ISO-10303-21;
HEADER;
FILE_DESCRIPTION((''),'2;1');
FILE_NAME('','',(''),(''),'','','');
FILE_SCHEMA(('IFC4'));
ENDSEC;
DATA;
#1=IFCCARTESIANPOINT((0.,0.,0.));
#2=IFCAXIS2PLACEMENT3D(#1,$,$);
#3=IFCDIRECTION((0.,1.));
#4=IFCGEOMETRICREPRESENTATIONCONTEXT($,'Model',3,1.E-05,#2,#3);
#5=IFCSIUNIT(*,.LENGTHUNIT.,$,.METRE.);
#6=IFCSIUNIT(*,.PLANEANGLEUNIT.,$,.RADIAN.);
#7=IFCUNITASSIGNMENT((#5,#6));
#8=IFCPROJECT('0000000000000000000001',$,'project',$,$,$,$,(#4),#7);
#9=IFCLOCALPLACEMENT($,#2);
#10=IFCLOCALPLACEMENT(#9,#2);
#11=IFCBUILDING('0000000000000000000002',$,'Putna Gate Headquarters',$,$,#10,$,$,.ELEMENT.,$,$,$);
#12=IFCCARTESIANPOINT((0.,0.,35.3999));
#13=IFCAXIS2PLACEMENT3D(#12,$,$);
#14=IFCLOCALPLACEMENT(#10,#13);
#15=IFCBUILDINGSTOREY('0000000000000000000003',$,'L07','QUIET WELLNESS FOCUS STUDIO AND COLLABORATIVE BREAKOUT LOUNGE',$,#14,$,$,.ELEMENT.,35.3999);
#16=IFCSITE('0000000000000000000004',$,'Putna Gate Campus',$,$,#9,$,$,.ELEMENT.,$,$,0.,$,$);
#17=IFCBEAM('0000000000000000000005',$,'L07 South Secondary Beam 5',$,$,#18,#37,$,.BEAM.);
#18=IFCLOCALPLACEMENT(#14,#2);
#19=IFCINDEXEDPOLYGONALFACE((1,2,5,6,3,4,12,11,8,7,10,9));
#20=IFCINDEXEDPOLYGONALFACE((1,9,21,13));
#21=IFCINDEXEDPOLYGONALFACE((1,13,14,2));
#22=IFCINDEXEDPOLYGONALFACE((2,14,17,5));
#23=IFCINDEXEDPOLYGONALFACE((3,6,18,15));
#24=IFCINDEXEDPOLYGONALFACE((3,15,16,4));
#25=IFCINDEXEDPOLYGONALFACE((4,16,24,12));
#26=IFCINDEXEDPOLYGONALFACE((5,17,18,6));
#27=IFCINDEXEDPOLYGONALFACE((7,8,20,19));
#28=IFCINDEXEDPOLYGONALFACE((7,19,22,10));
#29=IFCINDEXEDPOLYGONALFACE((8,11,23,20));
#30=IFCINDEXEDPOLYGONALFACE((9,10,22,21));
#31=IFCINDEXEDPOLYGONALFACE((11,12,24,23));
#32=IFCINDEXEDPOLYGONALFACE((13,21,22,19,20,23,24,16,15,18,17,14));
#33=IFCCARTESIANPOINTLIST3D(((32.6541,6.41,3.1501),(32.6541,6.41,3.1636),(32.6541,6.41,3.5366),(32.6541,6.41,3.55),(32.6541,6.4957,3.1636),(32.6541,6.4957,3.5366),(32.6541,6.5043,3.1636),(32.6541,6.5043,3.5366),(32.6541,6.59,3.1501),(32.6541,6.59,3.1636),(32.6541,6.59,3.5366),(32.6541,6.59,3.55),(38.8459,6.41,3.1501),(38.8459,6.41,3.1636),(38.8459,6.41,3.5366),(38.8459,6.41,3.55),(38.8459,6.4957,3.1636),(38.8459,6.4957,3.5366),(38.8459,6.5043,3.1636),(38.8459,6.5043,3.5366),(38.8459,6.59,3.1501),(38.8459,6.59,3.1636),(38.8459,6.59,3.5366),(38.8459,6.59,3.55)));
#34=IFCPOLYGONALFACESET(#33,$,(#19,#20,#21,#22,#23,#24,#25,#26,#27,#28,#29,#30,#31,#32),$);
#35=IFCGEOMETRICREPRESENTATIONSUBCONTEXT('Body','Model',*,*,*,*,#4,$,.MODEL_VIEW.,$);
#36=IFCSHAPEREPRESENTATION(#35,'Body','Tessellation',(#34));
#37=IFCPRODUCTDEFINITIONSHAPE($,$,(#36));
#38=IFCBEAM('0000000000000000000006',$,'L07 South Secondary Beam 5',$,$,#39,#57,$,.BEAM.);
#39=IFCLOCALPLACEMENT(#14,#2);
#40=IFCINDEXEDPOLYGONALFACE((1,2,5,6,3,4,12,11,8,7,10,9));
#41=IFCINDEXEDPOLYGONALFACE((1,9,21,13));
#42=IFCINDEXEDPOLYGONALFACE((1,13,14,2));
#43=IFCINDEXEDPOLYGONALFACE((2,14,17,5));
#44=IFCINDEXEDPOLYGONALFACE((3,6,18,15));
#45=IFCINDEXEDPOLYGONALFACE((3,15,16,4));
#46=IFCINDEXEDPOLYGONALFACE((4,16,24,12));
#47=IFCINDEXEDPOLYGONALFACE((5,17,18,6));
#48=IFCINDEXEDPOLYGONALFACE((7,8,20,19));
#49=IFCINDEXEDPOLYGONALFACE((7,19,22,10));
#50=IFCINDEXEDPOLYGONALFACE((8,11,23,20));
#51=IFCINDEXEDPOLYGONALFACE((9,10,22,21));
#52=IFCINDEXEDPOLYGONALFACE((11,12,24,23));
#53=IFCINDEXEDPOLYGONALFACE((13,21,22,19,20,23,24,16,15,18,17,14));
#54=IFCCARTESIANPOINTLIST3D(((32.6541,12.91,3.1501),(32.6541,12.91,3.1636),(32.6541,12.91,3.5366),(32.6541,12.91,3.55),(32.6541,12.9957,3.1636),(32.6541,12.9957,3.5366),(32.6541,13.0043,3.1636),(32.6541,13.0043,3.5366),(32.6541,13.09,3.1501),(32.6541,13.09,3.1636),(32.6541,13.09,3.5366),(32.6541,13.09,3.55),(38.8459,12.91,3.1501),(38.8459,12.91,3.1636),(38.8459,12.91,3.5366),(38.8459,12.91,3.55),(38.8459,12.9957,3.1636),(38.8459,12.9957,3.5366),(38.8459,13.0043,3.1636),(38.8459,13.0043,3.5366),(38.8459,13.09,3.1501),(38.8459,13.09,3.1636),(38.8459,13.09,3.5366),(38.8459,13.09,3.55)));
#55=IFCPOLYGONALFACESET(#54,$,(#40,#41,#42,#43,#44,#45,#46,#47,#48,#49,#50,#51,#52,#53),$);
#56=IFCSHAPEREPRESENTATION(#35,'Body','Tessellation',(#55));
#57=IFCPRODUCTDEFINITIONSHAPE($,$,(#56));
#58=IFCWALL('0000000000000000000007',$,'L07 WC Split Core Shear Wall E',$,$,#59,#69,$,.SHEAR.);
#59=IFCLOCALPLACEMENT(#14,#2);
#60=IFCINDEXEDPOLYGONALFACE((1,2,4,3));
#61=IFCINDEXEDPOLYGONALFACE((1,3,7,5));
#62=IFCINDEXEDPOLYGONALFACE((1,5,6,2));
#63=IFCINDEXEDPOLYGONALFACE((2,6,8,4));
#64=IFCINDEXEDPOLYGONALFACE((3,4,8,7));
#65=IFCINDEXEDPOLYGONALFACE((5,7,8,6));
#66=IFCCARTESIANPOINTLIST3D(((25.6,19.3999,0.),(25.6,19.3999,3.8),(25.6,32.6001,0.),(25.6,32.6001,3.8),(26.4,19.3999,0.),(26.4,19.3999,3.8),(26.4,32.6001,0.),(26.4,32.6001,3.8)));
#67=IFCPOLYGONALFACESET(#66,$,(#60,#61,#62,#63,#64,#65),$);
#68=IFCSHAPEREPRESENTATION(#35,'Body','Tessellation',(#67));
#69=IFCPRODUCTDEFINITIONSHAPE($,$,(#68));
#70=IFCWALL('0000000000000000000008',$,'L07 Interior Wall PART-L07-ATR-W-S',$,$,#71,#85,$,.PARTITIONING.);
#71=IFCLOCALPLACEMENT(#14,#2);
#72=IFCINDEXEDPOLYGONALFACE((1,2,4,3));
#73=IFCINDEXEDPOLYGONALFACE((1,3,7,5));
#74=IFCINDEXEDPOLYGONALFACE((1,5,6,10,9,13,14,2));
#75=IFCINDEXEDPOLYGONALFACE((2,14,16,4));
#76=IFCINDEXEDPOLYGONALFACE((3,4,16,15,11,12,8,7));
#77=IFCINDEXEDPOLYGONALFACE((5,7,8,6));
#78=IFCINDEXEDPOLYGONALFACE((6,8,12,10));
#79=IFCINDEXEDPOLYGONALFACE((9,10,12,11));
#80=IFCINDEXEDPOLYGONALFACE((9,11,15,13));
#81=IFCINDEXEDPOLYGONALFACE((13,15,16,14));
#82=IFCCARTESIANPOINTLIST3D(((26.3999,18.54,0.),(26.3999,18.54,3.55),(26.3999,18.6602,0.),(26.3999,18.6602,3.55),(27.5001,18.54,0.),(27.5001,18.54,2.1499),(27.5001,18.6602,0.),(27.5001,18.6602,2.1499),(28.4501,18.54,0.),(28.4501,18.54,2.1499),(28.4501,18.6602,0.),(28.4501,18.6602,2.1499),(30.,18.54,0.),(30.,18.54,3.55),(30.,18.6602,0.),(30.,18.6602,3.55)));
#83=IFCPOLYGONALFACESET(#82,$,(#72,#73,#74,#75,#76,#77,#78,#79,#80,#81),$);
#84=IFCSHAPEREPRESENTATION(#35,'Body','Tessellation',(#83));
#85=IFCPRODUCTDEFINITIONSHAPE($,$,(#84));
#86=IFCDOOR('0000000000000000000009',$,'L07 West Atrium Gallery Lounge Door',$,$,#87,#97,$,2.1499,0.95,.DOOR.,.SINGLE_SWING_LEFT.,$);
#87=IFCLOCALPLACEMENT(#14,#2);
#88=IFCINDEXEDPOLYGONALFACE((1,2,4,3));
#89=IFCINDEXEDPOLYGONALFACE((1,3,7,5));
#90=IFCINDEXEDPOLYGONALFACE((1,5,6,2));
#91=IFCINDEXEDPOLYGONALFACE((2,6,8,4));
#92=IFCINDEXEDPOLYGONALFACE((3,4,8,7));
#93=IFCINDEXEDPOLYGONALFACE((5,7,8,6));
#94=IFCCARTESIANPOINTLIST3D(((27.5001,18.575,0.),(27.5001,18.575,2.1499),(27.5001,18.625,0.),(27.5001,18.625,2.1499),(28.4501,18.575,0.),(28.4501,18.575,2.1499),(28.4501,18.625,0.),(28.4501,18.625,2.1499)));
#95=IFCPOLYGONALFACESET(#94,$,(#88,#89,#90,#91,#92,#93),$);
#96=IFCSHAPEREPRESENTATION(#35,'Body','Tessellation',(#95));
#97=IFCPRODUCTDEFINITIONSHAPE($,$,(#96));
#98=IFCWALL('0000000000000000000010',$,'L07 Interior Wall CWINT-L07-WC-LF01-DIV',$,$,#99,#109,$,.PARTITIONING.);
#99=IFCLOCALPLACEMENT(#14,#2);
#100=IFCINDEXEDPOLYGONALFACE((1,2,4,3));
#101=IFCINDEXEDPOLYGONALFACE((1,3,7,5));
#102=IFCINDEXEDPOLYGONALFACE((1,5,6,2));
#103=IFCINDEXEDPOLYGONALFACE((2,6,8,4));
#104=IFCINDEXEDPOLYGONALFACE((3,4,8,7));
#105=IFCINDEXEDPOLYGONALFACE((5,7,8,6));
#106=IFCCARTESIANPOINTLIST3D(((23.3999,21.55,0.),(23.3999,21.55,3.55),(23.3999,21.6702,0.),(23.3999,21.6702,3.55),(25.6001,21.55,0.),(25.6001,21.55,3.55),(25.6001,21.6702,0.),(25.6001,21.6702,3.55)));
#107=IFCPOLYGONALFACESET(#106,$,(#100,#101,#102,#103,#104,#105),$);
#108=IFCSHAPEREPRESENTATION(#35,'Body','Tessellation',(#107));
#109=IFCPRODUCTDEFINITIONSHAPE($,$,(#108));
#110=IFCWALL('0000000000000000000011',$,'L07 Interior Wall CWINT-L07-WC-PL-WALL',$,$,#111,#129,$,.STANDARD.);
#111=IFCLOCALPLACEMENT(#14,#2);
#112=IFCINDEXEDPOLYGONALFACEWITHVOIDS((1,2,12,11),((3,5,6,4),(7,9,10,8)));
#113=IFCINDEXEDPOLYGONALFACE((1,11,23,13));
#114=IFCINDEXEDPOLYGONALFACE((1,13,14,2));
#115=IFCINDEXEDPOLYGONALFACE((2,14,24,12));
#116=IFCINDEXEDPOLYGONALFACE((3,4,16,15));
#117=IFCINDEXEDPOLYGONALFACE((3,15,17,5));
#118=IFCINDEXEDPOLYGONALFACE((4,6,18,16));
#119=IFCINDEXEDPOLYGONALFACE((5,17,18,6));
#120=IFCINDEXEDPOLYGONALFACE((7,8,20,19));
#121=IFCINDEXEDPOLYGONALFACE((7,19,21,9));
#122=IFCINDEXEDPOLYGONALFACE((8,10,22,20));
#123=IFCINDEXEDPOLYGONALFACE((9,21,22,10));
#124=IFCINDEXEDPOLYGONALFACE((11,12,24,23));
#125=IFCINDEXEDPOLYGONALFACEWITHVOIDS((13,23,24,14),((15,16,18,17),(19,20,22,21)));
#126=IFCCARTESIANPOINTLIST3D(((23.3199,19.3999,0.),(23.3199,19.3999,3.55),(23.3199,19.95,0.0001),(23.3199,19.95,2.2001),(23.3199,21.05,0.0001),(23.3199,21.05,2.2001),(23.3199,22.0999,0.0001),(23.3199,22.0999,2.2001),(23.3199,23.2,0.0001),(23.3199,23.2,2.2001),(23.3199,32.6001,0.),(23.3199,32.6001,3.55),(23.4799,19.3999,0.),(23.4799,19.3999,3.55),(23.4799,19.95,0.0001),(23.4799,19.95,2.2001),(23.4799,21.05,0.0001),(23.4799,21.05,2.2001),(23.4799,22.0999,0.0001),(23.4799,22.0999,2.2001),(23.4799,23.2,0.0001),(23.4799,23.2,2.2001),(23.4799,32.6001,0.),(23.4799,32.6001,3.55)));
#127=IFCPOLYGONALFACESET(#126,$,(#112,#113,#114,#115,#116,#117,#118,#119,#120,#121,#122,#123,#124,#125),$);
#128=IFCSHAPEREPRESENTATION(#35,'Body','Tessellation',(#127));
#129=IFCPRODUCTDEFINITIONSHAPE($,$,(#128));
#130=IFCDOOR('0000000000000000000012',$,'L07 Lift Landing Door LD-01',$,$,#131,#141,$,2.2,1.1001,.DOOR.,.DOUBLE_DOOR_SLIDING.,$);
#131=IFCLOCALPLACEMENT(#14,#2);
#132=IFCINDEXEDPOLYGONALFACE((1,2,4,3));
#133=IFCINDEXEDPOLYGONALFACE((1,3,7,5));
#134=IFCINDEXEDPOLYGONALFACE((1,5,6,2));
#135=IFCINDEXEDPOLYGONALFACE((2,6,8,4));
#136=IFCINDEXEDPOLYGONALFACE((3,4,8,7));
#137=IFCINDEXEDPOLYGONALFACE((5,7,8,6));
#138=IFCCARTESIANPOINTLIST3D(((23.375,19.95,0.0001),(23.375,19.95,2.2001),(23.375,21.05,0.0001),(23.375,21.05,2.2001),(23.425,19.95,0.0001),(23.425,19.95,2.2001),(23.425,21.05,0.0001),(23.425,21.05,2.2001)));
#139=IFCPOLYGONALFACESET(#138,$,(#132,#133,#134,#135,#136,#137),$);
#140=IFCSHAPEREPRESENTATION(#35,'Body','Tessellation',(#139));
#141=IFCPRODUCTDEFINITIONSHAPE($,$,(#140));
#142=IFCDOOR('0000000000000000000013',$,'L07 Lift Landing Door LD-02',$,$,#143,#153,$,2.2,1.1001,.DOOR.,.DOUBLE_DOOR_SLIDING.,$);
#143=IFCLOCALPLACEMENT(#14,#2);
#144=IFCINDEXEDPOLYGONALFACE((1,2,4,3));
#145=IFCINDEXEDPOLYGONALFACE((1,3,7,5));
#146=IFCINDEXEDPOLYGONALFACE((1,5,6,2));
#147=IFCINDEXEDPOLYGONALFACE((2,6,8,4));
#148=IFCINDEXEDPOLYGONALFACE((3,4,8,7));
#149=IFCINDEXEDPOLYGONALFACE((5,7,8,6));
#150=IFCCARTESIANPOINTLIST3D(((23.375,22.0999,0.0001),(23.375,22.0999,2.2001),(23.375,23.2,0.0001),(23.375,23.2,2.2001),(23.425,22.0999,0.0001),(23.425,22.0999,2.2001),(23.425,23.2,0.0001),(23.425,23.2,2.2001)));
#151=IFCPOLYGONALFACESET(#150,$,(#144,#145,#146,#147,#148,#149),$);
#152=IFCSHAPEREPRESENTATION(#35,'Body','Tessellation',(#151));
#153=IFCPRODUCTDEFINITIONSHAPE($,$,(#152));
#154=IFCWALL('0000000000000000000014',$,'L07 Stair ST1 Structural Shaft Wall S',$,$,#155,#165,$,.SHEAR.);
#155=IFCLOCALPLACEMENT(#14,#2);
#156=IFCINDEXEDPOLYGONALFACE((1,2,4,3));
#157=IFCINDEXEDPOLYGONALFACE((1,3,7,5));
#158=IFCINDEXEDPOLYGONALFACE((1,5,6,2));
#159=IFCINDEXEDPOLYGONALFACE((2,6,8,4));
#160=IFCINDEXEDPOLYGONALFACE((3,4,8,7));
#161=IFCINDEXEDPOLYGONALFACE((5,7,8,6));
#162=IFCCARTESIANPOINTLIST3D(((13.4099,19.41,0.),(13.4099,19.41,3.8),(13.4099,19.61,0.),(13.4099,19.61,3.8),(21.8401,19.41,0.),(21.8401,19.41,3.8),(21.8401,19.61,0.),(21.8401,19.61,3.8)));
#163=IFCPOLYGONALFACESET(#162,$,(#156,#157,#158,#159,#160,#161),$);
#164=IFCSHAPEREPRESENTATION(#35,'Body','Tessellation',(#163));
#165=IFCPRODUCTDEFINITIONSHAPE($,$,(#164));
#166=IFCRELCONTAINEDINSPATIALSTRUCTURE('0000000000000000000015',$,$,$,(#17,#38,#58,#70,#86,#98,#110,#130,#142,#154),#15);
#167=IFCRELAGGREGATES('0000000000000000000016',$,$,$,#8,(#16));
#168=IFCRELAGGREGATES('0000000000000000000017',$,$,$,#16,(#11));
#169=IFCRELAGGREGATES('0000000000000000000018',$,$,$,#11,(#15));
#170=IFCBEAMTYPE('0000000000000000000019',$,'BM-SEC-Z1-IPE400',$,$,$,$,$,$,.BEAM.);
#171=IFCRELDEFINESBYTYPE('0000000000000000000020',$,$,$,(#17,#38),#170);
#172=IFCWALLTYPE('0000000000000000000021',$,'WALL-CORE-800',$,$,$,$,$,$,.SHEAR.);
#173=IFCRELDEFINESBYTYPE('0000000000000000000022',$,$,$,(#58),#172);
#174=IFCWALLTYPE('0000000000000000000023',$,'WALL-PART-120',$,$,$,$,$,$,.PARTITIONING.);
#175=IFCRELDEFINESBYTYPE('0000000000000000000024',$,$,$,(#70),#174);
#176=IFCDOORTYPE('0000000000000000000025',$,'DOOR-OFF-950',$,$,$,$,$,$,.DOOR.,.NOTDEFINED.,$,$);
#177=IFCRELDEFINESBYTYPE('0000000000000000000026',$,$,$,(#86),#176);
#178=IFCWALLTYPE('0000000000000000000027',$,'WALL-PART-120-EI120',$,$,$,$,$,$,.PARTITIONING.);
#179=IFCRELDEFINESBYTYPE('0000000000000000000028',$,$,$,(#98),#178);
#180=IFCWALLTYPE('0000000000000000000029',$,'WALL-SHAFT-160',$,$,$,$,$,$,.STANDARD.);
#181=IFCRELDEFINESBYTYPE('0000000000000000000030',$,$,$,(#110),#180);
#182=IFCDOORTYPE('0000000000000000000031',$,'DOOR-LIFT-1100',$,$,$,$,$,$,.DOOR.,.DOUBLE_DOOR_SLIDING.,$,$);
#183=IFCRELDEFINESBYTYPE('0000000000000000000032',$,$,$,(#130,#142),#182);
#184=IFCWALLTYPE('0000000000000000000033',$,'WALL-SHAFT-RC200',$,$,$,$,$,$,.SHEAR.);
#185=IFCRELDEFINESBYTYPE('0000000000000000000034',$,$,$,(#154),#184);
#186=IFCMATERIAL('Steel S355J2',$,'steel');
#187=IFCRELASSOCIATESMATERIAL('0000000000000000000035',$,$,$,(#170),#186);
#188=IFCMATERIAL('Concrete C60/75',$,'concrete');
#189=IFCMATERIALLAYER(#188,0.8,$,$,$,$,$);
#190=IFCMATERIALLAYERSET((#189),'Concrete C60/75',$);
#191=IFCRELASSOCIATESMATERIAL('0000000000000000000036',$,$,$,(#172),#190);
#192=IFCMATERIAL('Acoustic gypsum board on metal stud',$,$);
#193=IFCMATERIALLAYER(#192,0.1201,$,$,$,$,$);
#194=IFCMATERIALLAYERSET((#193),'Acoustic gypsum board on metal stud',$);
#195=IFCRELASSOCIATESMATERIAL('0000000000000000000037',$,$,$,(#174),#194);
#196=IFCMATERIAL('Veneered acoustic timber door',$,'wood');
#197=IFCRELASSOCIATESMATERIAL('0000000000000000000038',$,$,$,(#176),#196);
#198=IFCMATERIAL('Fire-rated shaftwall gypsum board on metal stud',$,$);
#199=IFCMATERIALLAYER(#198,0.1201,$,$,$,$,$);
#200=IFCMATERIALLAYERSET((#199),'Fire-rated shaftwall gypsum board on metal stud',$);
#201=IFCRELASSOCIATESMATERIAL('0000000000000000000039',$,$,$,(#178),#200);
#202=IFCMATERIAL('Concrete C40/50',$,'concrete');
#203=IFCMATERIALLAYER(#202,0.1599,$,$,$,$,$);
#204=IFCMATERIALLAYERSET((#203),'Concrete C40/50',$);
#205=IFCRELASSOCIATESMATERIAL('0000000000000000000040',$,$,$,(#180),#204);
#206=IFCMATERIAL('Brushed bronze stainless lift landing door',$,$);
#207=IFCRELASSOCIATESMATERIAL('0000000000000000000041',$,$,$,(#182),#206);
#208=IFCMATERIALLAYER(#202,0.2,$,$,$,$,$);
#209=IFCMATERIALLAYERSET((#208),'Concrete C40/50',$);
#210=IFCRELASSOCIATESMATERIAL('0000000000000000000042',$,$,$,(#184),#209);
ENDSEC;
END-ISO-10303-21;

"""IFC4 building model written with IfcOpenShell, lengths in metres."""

from ifc_helpers import new_model, si_unit, direction, frame, frame_2d, origin, origin_2d, place, context, subcontext, project, spatial, rectangle, i_section, extrude, material, layer, layer_set, material_profile, profile_set, type_object, element, fill, save


model = new_model("IFC4")

# Units and contexts
model_context = context("Model", 3, precision=1e-05, world=origin(), true_north=direction((0.0, 1.0)))
body_context = subcontext(model_context, "Body", "Model", "MODEL_VIEW")
ifc_project = project(units=[si_unit("LENGTHUNIT", "METRE"), si_unit("PLANEANGLEUNIT", "RADIAN")], contexts=[model_context])

# Site, building, storey
site_placement = place(None, origin())
site = spatial("IfcSite", under=ifc_project, at=site_placement, Name="Putna Gate Campus", CompositionType="ELEMENT", RefElevation=0.0)
building_placement = place(site_placement, origin())
building = spatial("IfcBuilding", under=site, at=building_placement, Name="Putna Gate Headquarters", CompositionType="ELEMENT")
storey_placement = place(building_placement, frame((0.0, 0.0, 35.3999)))
storey = spatial("IfcBuildingStorey", under=building, at=storey_placement, Name="L07", Description="QUIET WELLNESS FOCUS STUDIO AND COLLABORATIVE BREAKOUT LOUNGE", CompositionType="ELEMENT", Elevation=35.3999)

# Shared definitions
ifc_material_1 = material(Name="Concrete C60/75", Category="concrete")

# Beams
ifc_material_2 = material(Name="Steel S355J2", Category="steel")
ifc_material_profile_1 = material_profile(ifc_material_2, i_section(OverallWidth=0.1799, OverallDepth=0.3999, WebThickness=0.0085, FlangeThickness=0.0134, at=origin_2d()), Name="Steel S355J2")
ifc_profile_set_1 = profile_set([ifc_material_profile_1], Name="Steel S355J2")
beam_type_1 = type_object("IfcBeamType", Name="BM-SEC-Z1-IPE400", PredefinedType="BEAM", material=ifc_profile_set_1)
for number, where, z_axis, x_axis, name in (
    (1, (32.6541, 6.5, 3.3501), (1.0, 0.0, 0.0), (0.0, 1.0, 0.0), "L07 South Secondary Beam 5"),
    (2, (32.6541, 13.0, 3.3501), (1.0, 0.0, 0.0), (0.0, 1.0, 0.0), "L07 South Secondary Beam 5"),
):
    element("IfcBeam", number, at=place(storey_placement, frame(where, z_axis=z_axis, x_axis=x_axis)), inside=storey, type_object=beam_type_1, Name=name, PredefinedType="BEAM", context=body_context, shape_type="SweptSolid", body=[
        extrude(i_section(OverallWidth=0.1799, OverallDepth=0.3999, WebThickness=0.0085, FlangeThickness=0.0134, at=origin_2d()), origin(), (0.0, 0.0, 1.0), 6.1919),
    ])

# Wall
ifc_layer_1 = layer(ifc_material_1, 0.8)
ifc_layer_set_1 = layer_set([ifc_layer_1], Name="Concrete C60/75")
wall_type_1 = type_object("IfcWallType", Name="WALL-CORE-800", PredefinedType="SHEAR", material=ifc_layer_set_1)
wall_1_placement = place(storey_placement, frame((26.0, 19.3999, 0.0), z_axis=(0.0, 0.0, 1.0), x_axis=(0.0, 1.0, 0.0)))
element("IfcWall", 3, at=wall_1_placement, inside=storey, type_object=wall_type_1, Name="L07 WC Split Core Shear Wall E", PredefinedType="SHEAR", context=body_context, shape_type="SweptSolid", body=[
    extrude(rectangle(XDim=13.2002, YDim=0.8, at=frame_2d((6.6001, 0.0))), origin(), (0.0, 0.0, 1.0), 3.8),
])

# Wall, opening, door
ifc_material_3 = material(Name="Acoustic gypsum board on metal stud")
ifc_layer_2 = layer(ifc_material_3, 0.1201)
ifc_layer_set_2 = layer_set([ifc_layer_2], Name="Acoustic gypsum board on metal stud")
wall_type_2 = type_object("IfcWallType", Name="WALL-PART-120", PredefinedType="PARTITIONING", material=ifc_layer_set_2)
wall_2_placement = place(storey_placement, frame((26.3999, 18.6001, 0.0), z_axis=(0.0, 0.0, 1.0), x_axis=(1.0, 0.0, 0.0)))
wall_2 = element("IfcWall", 4, at=wall_2_placement, inside=storey, type_object=wall_type_2, Name="L07 Interior Wall PART-L07-ATR-W-S", PredefinedType="PARTITIONING", context=body_context, shape_type="SweptSolid", body=[
    extrude(rectangle(XDim=3.6001, YDim=0.1201, at=frame_2d((1.8, 0.0))), origin(), (0.0, 0.0, 1.0), 3.55),
])
opening_1_placement = place(wall_2_placement, frame((1.1001, 0.0, 0.0)))
opening_1 = element("IfcOpeningElement", 5, at=opening_1_placement, cuts=wall_2, PredefinedType="OPENING", context=body_context, shape_type="SweptSolid", body=[
    extrude(rectangle(XDim=0.95, YDim=2.1499, at=frame_2d((0.4751, 1.075))), frame((0.0, 0.0701, 0.0), z_axis=(0.0, -1.0, 0.0), x_axis=(1.0, 0.0, 0.0)), (0.0, 0.0, 1.0), 0.1401),
])
ifc_material_4 = material(Name="Veneered acoustic timber door", Category="wood")
door_type_1 = type_object("IfcDoorType", Name="DOOR-OFF-950", OperationType="NOTDEFINED", PredefinedType="DOOR", material=ifc_material_4)
door_1_placement = place(opening_1_placement, origin())
door_1 = element("IfcDoor", 6, at=door_1_placement, inside=storey, type_object=door_type_1, Name="L07 West Atrium Gallery Lounge Door", OperationType="SINGLE_SWING_LEFT", OverallHeight=2.1499, OverallWidth=0.95, PredefinedType="DOOR", context=body_context, shape_type="SweptSolid", body=[
    extrude(rectangle(XDim=0.95, YDim=2.1499, at=frame_2d((0.4751, 1.075))), frame((0.0, 0.0249, 0.0), z_axis=(0.0, -1.0, 0.0), x_axis=(1.0, 0.0, 0.0)), (0.0, 0.0, 1.0), 0.05),
])
fill(opening_1, door_1)

# Wall
ifc_material_5 = material(Name="Fire-rated shaftwall gypsum board on metal stud")
ifc_layer_3 = layer(ifc_material_5, 0.1201)
ifc_layer_set_3 = layer_set([ifc_layer_3], Name="Fire-rated shaftwall gypsum board on metal stud")
wall_type_3 = type_object("IfcWallType", Name="WALL-PART-120-EI120", PredefinedType="PARTITIONING", material=ifc_layer_set_3)
wall_3_placement = place(storey_placement, frame((23.3999, 21.6101, 0.0), z_axis=(0.0, 0.0, 1.0), x_axis=(1.0, 0.0, 0.0)))
element("IfcWall", 7, at=wall_3_placement, inside=storey, type_object=wall_type_3, Name="L07 Interior Wall CWINT-L07-WC-LF01-DIV", PredefinedType="PARTITIONING", context=body_context, shape_type="SweptSolid", body=[
    extrude(rectangle(XDim=2.2002, YDim=0.1201, at=frame_2d((1.1001, 0.0))), origin(), (0.0, 0.0, 1.0), 3.55),
])

# Wall, openings, doors
ifc_material_6 = material(Name="Concrete C40/50", Category="concrete")
ifc_layer_4 = layer(ifc_material_6, 0.1599)
ifc_layer_set_4 = layer_set([ifc_layer_4], Name="Concrete C40/50")
wall_type_4 = type_object("IfcWallType", Name="WALL-SHAFT-160", PredefinedType="STANDARD", material=ifc_layer_set_4)
wall_4_placement = place(storey_placement, frame((23.3999, 19.3999, 0.0), z_axis=(0.0, 0.0, 1.0), x_axis=(0.0, 1.0, 0.0)))
wall_4 = element("IfcWall", 8, at=wall_4_placement, inside=storey, type_object=wall_type_4, Name="L07 Interior Wall CWINT-L07-WC-PL-WALL", PredefinedType="STANDARD", context=body_context, shape_type="SweptSolid", body=[
    extrude(rectangle(XDim=13.2002, YDim=0.1599, at=frame_2d((6.6001, 0.0))), origin(), (0.0, 0.0, 1.0), 3.55),
])
opening_2_placement = place(wall_4_placement, frame((0.55, 0.0, 0.0)))
opening_2 = element("IfcOpeningElement", 9, at=opening_2_placement, cuts=wall_4, PredefinedType="OPENING", context=body_context, shape_type="SweptSolid", body=[
    extrude(rectangle(XDim=1.1001, YDim=2.2, at=frame_2d((0.55, 1.1001))), frame((0.0, 0.0898, 0.0), z_axis=(0.0, -1.0, 0.0), x_axis=(1.0, 0.0, 0.0)), (0.0, 0.0, 1.0), 0.1799),
])
opening_3_placement = place(wall_4_placement, frame((2.7, 0.0, 0.0)))
opening_3 = element("IfcOpeningElement", 10, at=opening_3_placement, cuts=wall_4, PredefinedType="OPENING", context=body_context, shape_type="SweptSolid", body=[
    extrude(rectangle(XDim=1.1001, YDim=2.2, at=frame_2d((0.55, 1.1001))), frame((0.0, 0.0898, 0.0), z_axis=(0.0, -1.0, 0.0), x_axis=(1.0, 0.0, 0.0)), (0.0, 0.0, 1.0), 0.1799),
])
ifc_material_7 = material(Name="Brushed bronze stainless lift landing door")
door_type_2 = type_object("IfcDoorType", Name="DOOR-LIFT-1100", OperationType="DOUBLE_DOOR_SLIDING", PredefinedType="DOOR", material=ifc_material_7)
door_2_placement = place(opening_2_placement, origin())
door_2 = element("IfcDoor", 11, at=door_2_placement, inside=storey, type_object=door_type_2, Name="L07 Lift Landing Door LD-01", OperationType="DOUBLE_DOOR_SLIDING", OverallHeight=2.2, OverallWidth=1.1001, PredefinedType="DOOR", context=body_context, shape_type="SweptSolid", body=[
    extrude(rectangle(XDim=1.1001, YDim=2.2, at=frame_2d((0.55, 1.1001))), frame((0.0, 0.0249, 0.0), z_axis=(0.0, -1.0, 0.0), x_axis=(1.0, 0.0, 0.0)), (0.0, 0.0, 1.0), 0.05),
])
fill(opening_2, door_2)
door_3_placement = place(opening_3_placement, origin())
door_3 = element("IfcDoor", 12, at=door_3_placement, inside=storey, type_object=door_type_2, Name="L07 Lift Landing Door LD-02", OperationType="DOUBLE_DOOR_SLIDING", OverallHeight=2.2, OverallWidth=1.1001, PredefinedType="DOOR", context=body_context, shape_type="SweptSolid", body=[
    extrude(rectangle(XDim=1.1001, YDim=2.2, at=frame_2d((0.55, 1.1001))), frame((0.0, 0.0249, 0.0), z_axis=(0.0, -1.0, 0.0), x_axis=(1.0, 0.0, 0.0)), (0.0, 0.0, 1.0), 0.05),
])
fill(opening_3, door_3)

# Wall
ifc_layer_5 = layer(ifc_material_6, 0.2)
ifc_layer_set_5 = layer_set([ifc_layer_5], Name="Concrete C40/50")
wall_type_5 = type_object("IfcWallType", Name="WALL-SHAFT-RC200", PredefinedType="SHEAR", material=ifc_layer_set_5)
wall_5_placement = place(storey_placement, frame((13.4099, 19.51, 0.0), z_axis=(0.0, 0.0, 1.0), x_axis=(1.0, 0.0, 0.0)))
element("IfcWall", 13, at=wall_5_placement, inside=storey, type_object=wall_type_5, Name="L07 Stair ST1 Structural Shaft Wall S", PredefinedType="SHEAR", context=body_context, shape_type="SweptSolid", body=[
    extrude(rectangle(XDim=8.4302, YDim=0.2, at=frame_2d((4.2151, 0.0))), origin(), (0.0, 0.0, 1.0), 3.8),
])

save(model, "model.ifc")
